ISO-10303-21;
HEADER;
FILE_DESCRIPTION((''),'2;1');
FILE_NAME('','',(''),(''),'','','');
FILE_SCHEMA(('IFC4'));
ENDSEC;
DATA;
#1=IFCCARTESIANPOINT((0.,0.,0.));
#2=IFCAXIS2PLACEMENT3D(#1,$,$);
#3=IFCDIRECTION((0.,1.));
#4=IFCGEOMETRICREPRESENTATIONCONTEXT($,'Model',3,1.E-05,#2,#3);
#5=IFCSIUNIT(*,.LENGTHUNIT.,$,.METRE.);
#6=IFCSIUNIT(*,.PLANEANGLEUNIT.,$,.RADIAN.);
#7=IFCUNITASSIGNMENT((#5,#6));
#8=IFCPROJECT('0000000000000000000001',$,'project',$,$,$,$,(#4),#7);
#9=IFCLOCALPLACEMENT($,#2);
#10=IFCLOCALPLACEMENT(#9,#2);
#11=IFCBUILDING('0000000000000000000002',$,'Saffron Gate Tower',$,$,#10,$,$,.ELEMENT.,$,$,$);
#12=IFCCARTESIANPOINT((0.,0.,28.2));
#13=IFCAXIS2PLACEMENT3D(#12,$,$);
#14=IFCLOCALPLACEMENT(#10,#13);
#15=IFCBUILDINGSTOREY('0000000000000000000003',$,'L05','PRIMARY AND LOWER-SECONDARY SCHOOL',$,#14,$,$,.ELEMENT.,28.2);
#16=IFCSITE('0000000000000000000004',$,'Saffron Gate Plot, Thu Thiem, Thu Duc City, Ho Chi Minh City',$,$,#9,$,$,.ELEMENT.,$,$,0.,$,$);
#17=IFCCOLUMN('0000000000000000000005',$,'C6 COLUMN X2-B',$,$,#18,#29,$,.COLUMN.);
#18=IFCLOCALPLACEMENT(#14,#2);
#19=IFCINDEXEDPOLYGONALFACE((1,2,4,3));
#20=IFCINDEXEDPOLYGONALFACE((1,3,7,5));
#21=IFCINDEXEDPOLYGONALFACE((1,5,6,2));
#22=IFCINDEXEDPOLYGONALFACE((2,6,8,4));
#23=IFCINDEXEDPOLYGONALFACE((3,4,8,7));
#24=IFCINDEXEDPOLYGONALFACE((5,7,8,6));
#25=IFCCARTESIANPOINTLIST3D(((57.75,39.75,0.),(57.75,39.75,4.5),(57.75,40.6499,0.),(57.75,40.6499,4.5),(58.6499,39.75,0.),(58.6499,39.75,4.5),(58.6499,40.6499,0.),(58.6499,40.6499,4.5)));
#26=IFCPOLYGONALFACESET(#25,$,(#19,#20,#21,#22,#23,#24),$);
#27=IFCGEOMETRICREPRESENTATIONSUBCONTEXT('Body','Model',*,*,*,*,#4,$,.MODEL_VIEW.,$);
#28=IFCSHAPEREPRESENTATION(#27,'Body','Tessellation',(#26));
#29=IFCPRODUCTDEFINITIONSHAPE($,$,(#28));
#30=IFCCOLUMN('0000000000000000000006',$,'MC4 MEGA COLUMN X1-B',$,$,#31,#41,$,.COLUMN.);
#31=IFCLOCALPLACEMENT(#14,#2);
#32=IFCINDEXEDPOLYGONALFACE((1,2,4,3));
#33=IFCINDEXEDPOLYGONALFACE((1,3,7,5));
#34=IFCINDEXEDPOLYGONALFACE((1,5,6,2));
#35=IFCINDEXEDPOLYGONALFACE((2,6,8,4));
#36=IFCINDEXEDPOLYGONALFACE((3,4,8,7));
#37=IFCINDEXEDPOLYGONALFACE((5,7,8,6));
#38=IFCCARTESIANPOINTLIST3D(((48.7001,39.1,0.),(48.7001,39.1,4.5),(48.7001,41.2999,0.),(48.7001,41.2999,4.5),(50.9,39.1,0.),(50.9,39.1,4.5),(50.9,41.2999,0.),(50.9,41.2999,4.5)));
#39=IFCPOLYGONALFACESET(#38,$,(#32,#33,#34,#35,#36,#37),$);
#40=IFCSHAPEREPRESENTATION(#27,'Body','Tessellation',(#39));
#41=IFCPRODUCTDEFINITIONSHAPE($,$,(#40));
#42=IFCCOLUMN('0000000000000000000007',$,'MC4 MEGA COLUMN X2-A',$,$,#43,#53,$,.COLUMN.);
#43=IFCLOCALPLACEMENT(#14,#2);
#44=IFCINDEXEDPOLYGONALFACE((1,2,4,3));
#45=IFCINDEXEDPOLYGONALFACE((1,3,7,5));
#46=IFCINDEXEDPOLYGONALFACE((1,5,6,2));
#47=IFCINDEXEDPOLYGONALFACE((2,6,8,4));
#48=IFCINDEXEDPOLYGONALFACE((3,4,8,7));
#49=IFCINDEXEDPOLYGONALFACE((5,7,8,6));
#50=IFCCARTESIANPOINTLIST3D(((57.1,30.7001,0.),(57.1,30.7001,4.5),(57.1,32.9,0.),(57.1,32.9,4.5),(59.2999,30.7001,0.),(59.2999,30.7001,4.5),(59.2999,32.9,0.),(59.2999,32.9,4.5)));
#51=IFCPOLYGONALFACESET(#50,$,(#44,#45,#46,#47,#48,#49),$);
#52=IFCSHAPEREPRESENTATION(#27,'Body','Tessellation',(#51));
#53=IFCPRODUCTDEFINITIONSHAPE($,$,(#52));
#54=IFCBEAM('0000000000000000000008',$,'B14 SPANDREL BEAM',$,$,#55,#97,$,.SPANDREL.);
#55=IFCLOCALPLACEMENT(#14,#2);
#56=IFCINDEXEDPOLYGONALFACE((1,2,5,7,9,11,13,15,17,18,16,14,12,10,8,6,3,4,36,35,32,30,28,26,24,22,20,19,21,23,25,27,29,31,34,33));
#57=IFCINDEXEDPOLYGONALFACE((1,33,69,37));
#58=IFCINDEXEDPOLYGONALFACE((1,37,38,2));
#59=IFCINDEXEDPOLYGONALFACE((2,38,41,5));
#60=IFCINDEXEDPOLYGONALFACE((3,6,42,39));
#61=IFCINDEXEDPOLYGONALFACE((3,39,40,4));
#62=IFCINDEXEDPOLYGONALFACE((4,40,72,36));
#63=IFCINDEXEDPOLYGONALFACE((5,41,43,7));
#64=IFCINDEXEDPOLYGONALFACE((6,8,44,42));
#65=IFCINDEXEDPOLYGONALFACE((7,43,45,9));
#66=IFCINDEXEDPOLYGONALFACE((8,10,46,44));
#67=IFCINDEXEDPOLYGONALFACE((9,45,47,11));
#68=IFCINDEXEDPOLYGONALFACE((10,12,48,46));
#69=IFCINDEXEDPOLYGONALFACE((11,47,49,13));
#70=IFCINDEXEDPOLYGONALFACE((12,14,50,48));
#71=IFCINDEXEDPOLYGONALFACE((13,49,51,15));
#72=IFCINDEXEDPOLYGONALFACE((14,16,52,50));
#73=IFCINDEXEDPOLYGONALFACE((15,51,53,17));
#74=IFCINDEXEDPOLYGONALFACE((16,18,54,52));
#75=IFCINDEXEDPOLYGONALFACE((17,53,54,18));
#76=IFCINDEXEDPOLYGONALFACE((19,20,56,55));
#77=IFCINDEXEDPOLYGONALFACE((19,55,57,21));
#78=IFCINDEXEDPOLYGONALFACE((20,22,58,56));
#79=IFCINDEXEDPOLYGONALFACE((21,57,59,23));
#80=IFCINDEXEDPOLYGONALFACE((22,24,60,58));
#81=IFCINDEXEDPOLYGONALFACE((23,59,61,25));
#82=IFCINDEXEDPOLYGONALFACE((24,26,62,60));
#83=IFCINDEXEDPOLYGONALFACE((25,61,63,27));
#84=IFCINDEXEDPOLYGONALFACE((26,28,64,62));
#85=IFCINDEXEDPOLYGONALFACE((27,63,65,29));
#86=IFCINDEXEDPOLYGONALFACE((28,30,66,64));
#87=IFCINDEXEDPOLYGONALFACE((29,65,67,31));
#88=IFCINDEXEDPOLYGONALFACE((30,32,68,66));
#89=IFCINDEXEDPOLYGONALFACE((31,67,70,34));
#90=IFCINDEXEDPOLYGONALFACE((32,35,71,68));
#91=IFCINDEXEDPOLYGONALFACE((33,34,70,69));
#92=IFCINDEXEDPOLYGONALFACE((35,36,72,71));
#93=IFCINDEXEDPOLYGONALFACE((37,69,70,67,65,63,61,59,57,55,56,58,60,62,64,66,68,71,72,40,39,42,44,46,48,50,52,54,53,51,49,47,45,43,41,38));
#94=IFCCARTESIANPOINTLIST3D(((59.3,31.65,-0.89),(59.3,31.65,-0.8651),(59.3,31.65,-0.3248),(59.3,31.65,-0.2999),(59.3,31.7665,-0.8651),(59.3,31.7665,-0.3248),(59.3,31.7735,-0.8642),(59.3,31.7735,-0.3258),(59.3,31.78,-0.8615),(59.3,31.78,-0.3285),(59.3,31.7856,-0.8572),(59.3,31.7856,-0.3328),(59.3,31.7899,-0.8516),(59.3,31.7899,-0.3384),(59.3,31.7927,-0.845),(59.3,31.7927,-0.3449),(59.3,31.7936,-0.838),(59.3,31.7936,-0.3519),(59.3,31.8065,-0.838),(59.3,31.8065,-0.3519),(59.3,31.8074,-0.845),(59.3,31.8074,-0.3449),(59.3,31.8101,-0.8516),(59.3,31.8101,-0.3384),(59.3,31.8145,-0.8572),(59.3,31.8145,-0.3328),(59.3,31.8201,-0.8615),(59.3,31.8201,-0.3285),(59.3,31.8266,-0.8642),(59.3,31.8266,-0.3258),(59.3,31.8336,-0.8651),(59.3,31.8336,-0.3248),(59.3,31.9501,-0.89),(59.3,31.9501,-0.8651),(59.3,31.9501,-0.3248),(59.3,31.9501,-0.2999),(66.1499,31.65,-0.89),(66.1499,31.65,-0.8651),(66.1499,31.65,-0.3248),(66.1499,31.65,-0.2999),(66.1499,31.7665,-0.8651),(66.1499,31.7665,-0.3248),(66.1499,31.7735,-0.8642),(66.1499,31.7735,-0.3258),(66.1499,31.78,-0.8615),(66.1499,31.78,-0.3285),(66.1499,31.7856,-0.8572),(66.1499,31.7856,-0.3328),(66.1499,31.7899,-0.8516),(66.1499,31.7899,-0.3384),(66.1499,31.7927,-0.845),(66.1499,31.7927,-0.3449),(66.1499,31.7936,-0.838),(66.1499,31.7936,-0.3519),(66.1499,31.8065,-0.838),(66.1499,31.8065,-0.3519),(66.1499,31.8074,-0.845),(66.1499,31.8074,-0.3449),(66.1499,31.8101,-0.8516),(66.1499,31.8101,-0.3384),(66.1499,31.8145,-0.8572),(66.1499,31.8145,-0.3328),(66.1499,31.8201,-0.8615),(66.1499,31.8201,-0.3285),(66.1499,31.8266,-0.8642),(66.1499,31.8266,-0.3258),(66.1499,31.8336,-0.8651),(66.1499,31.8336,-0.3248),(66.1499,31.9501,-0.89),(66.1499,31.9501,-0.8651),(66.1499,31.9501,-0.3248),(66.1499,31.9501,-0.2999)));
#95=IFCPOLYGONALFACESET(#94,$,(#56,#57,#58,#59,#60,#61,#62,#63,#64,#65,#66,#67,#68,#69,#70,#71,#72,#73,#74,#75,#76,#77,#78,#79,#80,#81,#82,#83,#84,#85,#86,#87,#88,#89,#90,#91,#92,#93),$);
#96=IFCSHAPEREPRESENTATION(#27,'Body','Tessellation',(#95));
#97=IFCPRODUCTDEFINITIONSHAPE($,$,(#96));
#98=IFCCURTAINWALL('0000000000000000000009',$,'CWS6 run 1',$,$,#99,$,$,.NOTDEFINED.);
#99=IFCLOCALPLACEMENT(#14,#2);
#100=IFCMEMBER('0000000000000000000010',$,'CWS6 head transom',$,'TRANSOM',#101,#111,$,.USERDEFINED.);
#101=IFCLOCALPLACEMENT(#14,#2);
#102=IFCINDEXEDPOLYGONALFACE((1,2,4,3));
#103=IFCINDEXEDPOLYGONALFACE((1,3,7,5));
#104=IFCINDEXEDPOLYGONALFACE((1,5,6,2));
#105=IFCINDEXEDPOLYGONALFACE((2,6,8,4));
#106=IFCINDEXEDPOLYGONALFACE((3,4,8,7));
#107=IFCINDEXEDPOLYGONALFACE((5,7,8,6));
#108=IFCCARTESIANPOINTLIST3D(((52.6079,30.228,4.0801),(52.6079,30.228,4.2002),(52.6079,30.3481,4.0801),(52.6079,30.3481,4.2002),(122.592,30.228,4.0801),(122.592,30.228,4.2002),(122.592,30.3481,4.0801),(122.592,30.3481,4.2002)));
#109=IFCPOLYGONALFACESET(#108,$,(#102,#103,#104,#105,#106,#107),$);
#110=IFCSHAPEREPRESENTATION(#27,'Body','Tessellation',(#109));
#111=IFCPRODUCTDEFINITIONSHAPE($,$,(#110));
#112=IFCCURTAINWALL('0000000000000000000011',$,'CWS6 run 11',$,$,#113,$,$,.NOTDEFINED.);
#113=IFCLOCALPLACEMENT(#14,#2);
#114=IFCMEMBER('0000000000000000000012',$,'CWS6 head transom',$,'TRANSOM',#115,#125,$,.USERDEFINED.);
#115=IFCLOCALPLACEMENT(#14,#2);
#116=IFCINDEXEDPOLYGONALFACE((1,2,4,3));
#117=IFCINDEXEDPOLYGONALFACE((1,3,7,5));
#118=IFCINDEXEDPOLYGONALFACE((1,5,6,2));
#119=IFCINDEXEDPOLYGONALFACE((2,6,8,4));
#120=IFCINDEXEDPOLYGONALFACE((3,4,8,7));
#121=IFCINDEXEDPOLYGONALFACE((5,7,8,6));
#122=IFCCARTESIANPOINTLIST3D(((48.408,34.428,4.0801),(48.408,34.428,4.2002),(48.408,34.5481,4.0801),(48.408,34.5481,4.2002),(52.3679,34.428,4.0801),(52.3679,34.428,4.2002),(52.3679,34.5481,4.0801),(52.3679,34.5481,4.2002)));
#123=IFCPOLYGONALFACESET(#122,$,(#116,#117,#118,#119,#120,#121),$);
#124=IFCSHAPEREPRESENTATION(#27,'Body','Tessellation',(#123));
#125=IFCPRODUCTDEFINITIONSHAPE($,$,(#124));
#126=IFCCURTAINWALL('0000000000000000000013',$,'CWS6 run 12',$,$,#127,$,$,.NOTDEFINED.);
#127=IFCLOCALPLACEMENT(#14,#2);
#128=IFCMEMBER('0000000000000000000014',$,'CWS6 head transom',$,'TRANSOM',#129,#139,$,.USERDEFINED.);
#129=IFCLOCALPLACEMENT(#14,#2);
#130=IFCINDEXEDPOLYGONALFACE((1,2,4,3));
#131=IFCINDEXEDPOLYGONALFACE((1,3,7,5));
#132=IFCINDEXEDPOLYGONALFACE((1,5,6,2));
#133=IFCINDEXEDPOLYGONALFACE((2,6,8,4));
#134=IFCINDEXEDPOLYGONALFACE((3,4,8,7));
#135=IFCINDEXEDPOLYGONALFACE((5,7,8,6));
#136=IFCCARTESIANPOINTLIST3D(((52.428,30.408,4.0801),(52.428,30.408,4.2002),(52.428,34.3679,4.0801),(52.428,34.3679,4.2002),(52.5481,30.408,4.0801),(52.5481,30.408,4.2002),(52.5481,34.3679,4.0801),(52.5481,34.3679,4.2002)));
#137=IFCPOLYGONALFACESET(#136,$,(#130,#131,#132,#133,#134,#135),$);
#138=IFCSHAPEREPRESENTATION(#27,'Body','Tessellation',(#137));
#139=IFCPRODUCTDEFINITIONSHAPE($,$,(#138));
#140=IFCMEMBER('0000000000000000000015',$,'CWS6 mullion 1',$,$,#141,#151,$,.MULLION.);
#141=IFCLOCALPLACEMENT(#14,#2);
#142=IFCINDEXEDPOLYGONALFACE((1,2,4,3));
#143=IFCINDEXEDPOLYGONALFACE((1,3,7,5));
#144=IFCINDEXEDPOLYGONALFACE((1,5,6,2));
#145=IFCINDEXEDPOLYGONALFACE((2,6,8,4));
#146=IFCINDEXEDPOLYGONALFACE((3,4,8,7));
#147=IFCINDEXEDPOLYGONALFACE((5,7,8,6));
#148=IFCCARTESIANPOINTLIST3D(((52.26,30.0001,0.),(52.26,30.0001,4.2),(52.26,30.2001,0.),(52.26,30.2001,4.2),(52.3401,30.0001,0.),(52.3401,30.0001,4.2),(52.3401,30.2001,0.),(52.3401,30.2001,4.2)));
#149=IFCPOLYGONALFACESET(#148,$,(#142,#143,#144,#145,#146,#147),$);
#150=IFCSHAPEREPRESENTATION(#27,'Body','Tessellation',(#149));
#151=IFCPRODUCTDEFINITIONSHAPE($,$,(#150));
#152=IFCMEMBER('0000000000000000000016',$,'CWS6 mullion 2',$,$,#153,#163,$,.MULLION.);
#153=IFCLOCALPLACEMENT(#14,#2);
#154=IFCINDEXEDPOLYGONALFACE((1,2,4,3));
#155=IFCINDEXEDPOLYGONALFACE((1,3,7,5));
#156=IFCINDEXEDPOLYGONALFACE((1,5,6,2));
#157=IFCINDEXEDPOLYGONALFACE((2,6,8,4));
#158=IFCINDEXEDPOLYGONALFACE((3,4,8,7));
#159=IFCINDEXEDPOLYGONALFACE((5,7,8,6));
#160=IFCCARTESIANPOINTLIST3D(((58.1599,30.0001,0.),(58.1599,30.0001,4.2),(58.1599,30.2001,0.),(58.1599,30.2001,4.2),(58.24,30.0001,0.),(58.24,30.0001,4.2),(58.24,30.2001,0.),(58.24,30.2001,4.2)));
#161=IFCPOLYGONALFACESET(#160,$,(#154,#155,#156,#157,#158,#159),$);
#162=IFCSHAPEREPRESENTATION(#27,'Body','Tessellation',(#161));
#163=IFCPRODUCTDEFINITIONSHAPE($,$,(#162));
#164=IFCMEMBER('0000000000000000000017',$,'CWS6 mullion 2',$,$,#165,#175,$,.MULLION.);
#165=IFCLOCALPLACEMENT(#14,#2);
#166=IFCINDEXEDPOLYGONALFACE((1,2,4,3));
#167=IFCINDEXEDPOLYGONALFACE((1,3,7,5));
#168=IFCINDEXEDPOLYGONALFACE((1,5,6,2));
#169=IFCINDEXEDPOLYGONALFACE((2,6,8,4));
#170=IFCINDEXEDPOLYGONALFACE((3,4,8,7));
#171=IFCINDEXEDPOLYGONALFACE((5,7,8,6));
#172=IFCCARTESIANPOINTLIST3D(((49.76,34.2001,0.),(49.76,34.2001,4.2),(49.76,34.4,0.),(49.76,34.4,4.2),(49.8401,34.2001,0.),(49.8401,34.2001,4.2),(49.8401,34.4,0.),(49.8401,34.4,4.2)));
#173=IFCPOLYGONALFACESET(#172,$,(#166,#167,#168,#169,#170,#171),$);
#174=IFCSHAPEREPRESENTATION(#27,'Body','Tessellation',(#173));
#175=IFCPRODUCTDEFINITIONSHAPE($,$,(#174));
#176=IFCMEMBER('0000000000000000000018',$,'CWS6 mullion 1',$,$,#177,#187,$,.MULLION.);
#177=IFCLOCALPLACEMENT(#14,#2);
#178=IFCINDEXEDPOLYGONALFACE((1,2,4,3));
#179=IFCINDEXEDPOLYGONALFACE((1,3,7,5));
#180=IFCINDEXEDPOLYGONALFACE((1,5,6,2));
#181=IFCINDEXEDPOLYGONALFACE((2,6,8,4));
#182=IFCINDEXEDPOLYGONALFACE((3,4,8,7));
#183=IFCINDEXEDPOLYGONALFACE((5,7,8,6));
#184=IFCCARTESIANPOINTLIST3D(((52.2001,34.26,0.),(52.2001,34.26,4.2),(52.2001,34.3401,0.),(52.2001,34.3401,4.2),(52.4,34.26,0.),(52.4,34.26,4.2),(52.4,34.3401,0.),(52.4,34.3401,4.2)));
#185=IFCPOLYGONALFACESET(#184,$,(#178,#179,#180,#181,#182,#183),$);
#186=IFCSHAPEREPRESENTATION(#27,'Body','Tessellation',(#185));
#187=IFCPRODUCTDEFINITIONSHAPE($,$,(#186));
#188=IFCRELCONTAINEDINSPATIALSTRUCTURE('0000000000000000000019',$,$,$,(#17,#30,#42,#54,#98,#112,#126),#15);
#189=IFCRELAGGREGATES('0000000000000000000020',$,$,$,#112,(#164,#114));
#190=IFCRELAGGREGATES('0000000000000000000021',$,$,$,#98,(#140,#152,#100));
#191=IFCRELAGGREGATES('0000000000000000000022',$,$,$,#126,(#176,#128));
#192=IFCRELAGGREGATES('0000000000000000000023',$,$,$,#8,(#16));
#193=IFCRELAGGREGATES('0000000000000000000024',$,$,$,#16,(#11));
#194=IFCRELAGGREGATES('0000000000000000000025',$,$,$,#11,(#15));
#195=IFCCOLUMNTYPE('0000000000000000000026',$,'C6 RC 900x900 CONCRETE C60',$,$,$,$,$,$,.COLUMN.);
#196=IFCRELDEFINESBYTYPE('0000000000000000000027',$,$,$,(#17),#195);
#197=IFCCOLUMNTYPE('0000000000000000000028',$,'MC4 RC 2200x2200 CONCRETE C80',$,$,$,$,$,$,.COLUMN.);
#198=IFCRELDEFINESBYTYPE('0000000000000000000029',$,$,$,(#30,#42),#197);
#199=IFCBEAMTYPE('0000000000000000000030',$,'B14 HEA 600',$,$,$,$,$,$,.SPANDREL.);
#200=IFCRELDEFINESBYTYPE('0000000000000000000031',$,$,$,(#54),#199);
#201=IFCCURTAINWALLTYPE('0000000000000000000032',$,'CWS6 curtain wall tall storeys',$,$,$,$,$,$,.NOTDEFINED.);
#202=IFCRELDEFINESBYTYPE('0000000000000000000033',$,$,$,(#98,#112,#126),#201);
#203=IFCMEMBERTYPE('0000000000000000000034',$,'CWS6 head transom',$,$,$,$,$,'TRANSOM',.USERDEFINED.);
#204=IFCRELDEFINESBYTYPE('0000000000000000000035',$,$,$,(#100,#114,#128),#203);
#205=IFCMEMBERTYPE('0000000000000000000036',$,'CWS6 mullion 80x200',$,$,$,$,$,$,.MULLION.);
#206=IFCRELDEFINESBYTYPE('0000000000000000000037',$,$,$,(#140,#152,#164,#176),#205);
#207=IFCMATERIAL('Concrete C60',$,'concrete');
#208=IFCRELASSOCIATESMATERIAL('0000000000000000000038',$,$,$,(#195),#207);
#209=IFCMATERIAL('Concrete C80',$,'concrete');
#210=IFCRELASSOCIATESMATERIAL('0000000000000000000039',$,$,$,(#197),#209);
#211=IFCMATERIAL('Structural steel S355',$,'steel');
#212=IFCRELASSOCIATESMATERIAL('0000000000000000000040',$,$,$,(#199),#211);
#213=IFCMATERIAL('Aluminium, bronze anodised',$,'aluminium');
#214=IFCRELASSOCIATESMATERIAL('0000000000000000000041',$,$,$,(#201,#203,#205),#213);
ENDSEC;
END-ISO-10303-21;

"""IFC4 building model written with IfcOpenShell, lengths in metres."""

from ifc_helpers import new_model, si_unit, direction, frame, origin, origin_2d, place, context, subcontext, project, spatial, rectangle, i_section, extrude, material, material_profile, profile_set, type_object, element, aggregate, save


model = new_model("IFC4")

# Units and contexts
model_context = context("Model", 3, precision=1e-05, world=origin(), true_north=direction((0.0, 1.0)))
body_context = subcontext(model_context, "Body", "Model", "MODEL_VIEW")
ifc_project = project(units=[si_unit("LENGTHUNIT", "METRE"), si_unit("PLANEANGLEUNIT", "RADIAN")], contexts=[model_context])

# Site, building, storey
site_placement = place(None, origin())
site = spatial("IfcSite", under=ifc_project, at=site_placement, Name="Saffron Gate Plot, Thu Thiem, Thu Duc City, Ho Chi Minh City", CompositionType="ELEMENT", RefElevation=0.0)
building_placement = place(site_placement, origin())
building = spatial("IfcBuilding", under=site, at=building_placement, Name="Saffron Gate Tower", CompositionType="ELEMENT")
storey_placement = place(building_placement, frame((0.0, 0.0, 28.2)))
storey = spatial("IfcBuildingStorey", under=building, at=storey_placement, Name="L05", Description="PRIMARY AND LOWER-SECONDARY SCHOOL", CompositionType="ELEMENT", Elevation=28.2)

# Columns
ifc_material_1 = material(Name="Concrete C60", Category="concrete")
ifc_material_profile_1 = material_profile(ifc_material_1, rectangle(XDim=0.8999, YDim=0.8999, at=origin_2d()))
ifc_profile_set_1 = profile_set([ifc_material_profile_1], Name="Concrete C60")
column_type_1 = type_object("IfcColumnType", Name="C6 RC 900x900 CONCRETE C60", PredefinedType="COLUMN", material=ifc_profile_set_1)
column_placement = place(storey_placement, frame((58.2, 40.2, 0.0), z_axis=(0.0, 0.0, 1.0), x_axis=(1.0, 0.0, 0.0)))
element("IfcColumn", 1, at=column_placement, inside=storey, type_object=column_type_1, Name="C6 COLUMN X2-B", PredefinedType="COLUMN", context=body_context, shape_type="SweptSolid", body=[
    extrude(rectangle(XDim=0.8999, YDim=0.8999, at=origin_2d()), origin(), (0.0, 0.0, 1.0), 4.5),
])
ifc_material_2 = material(Name="Concrete C80", Category="concrete")
ifc_material_profile_2 = material_profile(ifc_material_2, rectangle(XDim=2.2, YDim=2.2, at=origin_2d()))
ifc_profile_set_2 = profile_set([ifc_material_profile_2], Name="Concrete C80")
column_type_2 = type_object("IfcColumnType", Name="MC4 RC 2200x2200 CONCRETE C80", PredefinedType="COLUMN", material=ifc_profile_set_2)
for number, where, z_axis, x_axis, name in (
    (2, (49.8, 40.2, 0.0), (0.0, 0.0, 1.0), (1.0, 0.0, 0.0), "MC4 MEGA COLUMN X1-B"),
    (3, (58.2, 31.8, 0.0), (0.0, 0.0, 1.0), (1.0, 0.0, 0.0), "MC4 MEGA COLUMN X2-A"),
):
    element("IfcColumn", number, at=place(storey_placement, frame(where, z_axis=z_axis, x_axis=x_axis)), inside=storey, type_object=column_type_2, Name=name, PredefinedType="COLUMN", context=body_context, shape_type="SweptSolid", body=[
        extrude(rectangle(XDim=2.2, YDim=2.2, at=origin_2d()), origin(), (0.0, 0.0, 1.0), 4.5),
    ])

# Beam
ifc_material_3 = material(Name="Structural steel S355", Category="steel")
ifc_material_profile_3 = material_profile(ifc_material_3, i_section(OverallWidth=0.3, OverallDepth=0.5901, WebThickness=0.0129, FlangeThickness=0.0249, FilletRadius=0.0271, at=origin_2d()))
ifc_profile_set_3 = profile_set([ifc_material_profile_3], Name="Structural steel S355")
beam_type = type_object("IfcBeamType", Name="B14 HEA 600", PredefinedType="SPANDREL", material=ifc_profile_set_3)
beam_placement = place(storey_placement, frame((59.3, 31.8, -0.595), z_axis=(1.0, 0.0, 0.0), x_axis=(0.0, 1.0, 0.0)))
element("IfcBeam", 4, at=beam_placement, inside=storey, type_object=beam_type, Name="B14 SPANDREL BEAM", PredefinedType="SPANDREL", context=body_context, shape_type="SweptSolid", body=[
    extrude(i_section(OverallWidth=0.3, OverallDepth=0.5901, WebThickness=0.0129, FlangeThickness=0.0249, FilletRadius=0.0271, at=origin_2d()), origin(), (0.0, 0.0, 1.0), 6.8499),
])

# Curtain walls, members
ifc_material_4 = material(Name="Aluminium, bronze anodised", Category="aluminium")
curtain_wall_type = type_object("IfcCurtainWallType", Name="CWS6 curtain wall tall storeys", PredefinedType="NOTDEFINED", material=ifc_material_4)
curtain_wall_1_placement = place(storey_placement, origin())
curtain_wall_1 = element("IfcCurtainWall", 5, at=curtain_wall_1_placement, inside=storey, type_object=curtain_wall_type, Name="CWS6 run 1", PredefinedType="NOTDEFINED")
ifc_material_profile_4 = material_profile(ifc_material_4, rectangle(XDim=0.1201, YDim=0.1201, at=origin_2d()))
ifc_profile_set_4 = profile_set([ifc_material_profile_4], Name="Aluminium, bronze anodised")
member_type_1 = type_object("IfcMemberType", Name="CWS6 head transom", ElementType="TRANSOM", PredefinedType="USERDEFINED", material=ifc_profile_set_4)
member_1_placement = place(storey_placement, frame((52.6079, 30.2881, 4.1401), z_axis=(1.0, 0.0, 0.0), x_axis=(0.0, 1.0, 0.0)))
member_1 = element("IfcMember", 6, at=member_1_placement, type_object=member_type_1, Name="CWS6 head transom", ObjectType="TRANSOM", PredefinedType="USERDEFINED", context=body_context, shape_type="SweptSolid", body=[
    extrude(rectangle(XDim=0.1201, YDim=0.1201, at=origin_2d()), origin(), (0.0, 0.0, 1.0), 69.9841),
])
curtain_wall_2_placement = place(storey_placement, origin())
curtain_wall_2 = element("IfcCurtainWall", 7, at=curtain_wall_2_placement, inside=storey, type_object=curtain_wall_type, Name="CWS6 run 11", PredefinedType="NOTDEFINED")
member_2_placement = place(storey_placement, frame((48.408, 34.488, 4.1401), z_axis=(1.0, 0.0, 0.0), x_axis=(0.0, 1.0, 0.0)))
member_2 = element("IfcMember", 8, at=member_2_placement, type_object=member_type_1, Name="CWS6 head transom", ObjectType="TRANSOM", PredefinedType="USERDEFINED", context=body_context, shape_type="SweptSolid", body=[
    extrude(rectangle(XDim=0.1201, YDim=0.1201, at=origin_2d()), origin(), (0.0, 0.0, 1.0), 3.96),
])
curtain_wall_3_placement = place(storey_placement, origin())
curtain_wall_3 = element("IfcCurtainWall", 9, at=curtain_wall_3_placement, inside=storey, type_object=curtain_wall_type, Name="CWS6 run 12", PredefinedType="NOTDEFINED")
member_3_placement = place(storey_placement, frame((52.488, 34.3679, 4.1401), z_axis=(0.0, -1.0, 0.0), x_axis=(1.0, 0.0, 0.0)))
member_3 = element("IfcMember", 10, at=member_3_placement, type_object=member_type_1, Name="CWS6 head transom", ObjectType="TRANSOM", PredefinedType="USERDEFINED", context=body_context, shape_type="SweptSolid", body=[
    extrude(rectangle(XDim=0.1201, YDim=0.1201, at=origin_2d()), origin(), (0.0, 0.0, 1.0), 3.96),
])

# Members
ifc_material_profile_5 = material_profile(ifc_material_4, rectangle(XDim=0.2, YDim=0.0801, at=origin_2d()))
ifc_profile_set_5 = profile_set([ifc_material_profile_5], Name="Aluminium, bronze anodised")
member_type_2 = type_object("IfcMemberType", Name="CWS6 mullion 80x200", PredefinedType="MULLION", material=ifc_profile_set_5)
member_4_placement = place(storey_placement, frame((52.3, 30.1001, 0.0), z_axis=(0.0, 0.0, 1.0), x_axis=(0.0, 1.0, 0.0)))
member_4 = element("IfcMember", 11, at=member_4_placement, type_object=member_type_2, Name="CWS6 mullion 1", PredefinedType="MULLION", context=body_context, shape_type="SweptSolid", body=[
    extrude(rectangle(XDim=0.2, YDim=0.0801, at=origin_2d()), origin(), (0.0, 0.0, 1.0), 4.2),
])
member_5_placement = place(storey_placement, frame((58.2, 30.1001, 0.0), z_axis=(0.0, 0.0, 1.0), x_axis=(0.0, 1.0, 0.0)))
member_5 = element("IfcMember", 12, at=member_5_placement, type_object=member_type_2, Name="CWS6 mullion 2", PredefinedType="MULLION", context=body_context, shape_type="SweptSolid", body=[
    extrude(rectangle(XDim=0.2, YDim=0.0801, at=origin_2d()), origin(), (0.0, 0.0, 1.0), 4.2),
])
member_6_placement = place(storey_placement, frame((49.8, 34.3, 0.0), z_axis=(0.0, 0.0, 1.0), x_axis=(0.0, 1.0, 0.0)))
member_6 = element("IfcMember", 13, at=member_6_placement, type_object=member_type_2, Name="CWS6 mullion 2", PredefinedType="MULLION", context=body_context, shape_type="SweptSolid", body=[
    extrude(rectangle(XDim=0.2, YDim=0.0801, at=origin_2d()), origin(), (0.0, 0.0, 1.0), 4.2),
])
aggregate(curtain_wall_2, [member_6, member_2])
member_7_placement = place(storey_placement, frame((52.3, 34.3, 0.0), z_axis=(0.0, 0.0, 1.0), x_axis=(1.0, 0.0, 0.0)))
member_7 = element("IfcMember", 14, at=member_7_placement, type_object=member_type_2, Name="CWS6 mullion 1", PredefinedType="MULLION", context=body_context, shape_type="SweptSolid", body=[
    extrude(rectangle(XDim=0.2, YDim=0.0801, at=origin_2d()), origin(), (0.0, 0.0, 1.0), 4.2),
])

aggregate(curtain_wall_1, [member_4, member_5, member_1])

aggregate(curtain_wall_3, [member_7, member_3])

save(model, "model.ifc")
